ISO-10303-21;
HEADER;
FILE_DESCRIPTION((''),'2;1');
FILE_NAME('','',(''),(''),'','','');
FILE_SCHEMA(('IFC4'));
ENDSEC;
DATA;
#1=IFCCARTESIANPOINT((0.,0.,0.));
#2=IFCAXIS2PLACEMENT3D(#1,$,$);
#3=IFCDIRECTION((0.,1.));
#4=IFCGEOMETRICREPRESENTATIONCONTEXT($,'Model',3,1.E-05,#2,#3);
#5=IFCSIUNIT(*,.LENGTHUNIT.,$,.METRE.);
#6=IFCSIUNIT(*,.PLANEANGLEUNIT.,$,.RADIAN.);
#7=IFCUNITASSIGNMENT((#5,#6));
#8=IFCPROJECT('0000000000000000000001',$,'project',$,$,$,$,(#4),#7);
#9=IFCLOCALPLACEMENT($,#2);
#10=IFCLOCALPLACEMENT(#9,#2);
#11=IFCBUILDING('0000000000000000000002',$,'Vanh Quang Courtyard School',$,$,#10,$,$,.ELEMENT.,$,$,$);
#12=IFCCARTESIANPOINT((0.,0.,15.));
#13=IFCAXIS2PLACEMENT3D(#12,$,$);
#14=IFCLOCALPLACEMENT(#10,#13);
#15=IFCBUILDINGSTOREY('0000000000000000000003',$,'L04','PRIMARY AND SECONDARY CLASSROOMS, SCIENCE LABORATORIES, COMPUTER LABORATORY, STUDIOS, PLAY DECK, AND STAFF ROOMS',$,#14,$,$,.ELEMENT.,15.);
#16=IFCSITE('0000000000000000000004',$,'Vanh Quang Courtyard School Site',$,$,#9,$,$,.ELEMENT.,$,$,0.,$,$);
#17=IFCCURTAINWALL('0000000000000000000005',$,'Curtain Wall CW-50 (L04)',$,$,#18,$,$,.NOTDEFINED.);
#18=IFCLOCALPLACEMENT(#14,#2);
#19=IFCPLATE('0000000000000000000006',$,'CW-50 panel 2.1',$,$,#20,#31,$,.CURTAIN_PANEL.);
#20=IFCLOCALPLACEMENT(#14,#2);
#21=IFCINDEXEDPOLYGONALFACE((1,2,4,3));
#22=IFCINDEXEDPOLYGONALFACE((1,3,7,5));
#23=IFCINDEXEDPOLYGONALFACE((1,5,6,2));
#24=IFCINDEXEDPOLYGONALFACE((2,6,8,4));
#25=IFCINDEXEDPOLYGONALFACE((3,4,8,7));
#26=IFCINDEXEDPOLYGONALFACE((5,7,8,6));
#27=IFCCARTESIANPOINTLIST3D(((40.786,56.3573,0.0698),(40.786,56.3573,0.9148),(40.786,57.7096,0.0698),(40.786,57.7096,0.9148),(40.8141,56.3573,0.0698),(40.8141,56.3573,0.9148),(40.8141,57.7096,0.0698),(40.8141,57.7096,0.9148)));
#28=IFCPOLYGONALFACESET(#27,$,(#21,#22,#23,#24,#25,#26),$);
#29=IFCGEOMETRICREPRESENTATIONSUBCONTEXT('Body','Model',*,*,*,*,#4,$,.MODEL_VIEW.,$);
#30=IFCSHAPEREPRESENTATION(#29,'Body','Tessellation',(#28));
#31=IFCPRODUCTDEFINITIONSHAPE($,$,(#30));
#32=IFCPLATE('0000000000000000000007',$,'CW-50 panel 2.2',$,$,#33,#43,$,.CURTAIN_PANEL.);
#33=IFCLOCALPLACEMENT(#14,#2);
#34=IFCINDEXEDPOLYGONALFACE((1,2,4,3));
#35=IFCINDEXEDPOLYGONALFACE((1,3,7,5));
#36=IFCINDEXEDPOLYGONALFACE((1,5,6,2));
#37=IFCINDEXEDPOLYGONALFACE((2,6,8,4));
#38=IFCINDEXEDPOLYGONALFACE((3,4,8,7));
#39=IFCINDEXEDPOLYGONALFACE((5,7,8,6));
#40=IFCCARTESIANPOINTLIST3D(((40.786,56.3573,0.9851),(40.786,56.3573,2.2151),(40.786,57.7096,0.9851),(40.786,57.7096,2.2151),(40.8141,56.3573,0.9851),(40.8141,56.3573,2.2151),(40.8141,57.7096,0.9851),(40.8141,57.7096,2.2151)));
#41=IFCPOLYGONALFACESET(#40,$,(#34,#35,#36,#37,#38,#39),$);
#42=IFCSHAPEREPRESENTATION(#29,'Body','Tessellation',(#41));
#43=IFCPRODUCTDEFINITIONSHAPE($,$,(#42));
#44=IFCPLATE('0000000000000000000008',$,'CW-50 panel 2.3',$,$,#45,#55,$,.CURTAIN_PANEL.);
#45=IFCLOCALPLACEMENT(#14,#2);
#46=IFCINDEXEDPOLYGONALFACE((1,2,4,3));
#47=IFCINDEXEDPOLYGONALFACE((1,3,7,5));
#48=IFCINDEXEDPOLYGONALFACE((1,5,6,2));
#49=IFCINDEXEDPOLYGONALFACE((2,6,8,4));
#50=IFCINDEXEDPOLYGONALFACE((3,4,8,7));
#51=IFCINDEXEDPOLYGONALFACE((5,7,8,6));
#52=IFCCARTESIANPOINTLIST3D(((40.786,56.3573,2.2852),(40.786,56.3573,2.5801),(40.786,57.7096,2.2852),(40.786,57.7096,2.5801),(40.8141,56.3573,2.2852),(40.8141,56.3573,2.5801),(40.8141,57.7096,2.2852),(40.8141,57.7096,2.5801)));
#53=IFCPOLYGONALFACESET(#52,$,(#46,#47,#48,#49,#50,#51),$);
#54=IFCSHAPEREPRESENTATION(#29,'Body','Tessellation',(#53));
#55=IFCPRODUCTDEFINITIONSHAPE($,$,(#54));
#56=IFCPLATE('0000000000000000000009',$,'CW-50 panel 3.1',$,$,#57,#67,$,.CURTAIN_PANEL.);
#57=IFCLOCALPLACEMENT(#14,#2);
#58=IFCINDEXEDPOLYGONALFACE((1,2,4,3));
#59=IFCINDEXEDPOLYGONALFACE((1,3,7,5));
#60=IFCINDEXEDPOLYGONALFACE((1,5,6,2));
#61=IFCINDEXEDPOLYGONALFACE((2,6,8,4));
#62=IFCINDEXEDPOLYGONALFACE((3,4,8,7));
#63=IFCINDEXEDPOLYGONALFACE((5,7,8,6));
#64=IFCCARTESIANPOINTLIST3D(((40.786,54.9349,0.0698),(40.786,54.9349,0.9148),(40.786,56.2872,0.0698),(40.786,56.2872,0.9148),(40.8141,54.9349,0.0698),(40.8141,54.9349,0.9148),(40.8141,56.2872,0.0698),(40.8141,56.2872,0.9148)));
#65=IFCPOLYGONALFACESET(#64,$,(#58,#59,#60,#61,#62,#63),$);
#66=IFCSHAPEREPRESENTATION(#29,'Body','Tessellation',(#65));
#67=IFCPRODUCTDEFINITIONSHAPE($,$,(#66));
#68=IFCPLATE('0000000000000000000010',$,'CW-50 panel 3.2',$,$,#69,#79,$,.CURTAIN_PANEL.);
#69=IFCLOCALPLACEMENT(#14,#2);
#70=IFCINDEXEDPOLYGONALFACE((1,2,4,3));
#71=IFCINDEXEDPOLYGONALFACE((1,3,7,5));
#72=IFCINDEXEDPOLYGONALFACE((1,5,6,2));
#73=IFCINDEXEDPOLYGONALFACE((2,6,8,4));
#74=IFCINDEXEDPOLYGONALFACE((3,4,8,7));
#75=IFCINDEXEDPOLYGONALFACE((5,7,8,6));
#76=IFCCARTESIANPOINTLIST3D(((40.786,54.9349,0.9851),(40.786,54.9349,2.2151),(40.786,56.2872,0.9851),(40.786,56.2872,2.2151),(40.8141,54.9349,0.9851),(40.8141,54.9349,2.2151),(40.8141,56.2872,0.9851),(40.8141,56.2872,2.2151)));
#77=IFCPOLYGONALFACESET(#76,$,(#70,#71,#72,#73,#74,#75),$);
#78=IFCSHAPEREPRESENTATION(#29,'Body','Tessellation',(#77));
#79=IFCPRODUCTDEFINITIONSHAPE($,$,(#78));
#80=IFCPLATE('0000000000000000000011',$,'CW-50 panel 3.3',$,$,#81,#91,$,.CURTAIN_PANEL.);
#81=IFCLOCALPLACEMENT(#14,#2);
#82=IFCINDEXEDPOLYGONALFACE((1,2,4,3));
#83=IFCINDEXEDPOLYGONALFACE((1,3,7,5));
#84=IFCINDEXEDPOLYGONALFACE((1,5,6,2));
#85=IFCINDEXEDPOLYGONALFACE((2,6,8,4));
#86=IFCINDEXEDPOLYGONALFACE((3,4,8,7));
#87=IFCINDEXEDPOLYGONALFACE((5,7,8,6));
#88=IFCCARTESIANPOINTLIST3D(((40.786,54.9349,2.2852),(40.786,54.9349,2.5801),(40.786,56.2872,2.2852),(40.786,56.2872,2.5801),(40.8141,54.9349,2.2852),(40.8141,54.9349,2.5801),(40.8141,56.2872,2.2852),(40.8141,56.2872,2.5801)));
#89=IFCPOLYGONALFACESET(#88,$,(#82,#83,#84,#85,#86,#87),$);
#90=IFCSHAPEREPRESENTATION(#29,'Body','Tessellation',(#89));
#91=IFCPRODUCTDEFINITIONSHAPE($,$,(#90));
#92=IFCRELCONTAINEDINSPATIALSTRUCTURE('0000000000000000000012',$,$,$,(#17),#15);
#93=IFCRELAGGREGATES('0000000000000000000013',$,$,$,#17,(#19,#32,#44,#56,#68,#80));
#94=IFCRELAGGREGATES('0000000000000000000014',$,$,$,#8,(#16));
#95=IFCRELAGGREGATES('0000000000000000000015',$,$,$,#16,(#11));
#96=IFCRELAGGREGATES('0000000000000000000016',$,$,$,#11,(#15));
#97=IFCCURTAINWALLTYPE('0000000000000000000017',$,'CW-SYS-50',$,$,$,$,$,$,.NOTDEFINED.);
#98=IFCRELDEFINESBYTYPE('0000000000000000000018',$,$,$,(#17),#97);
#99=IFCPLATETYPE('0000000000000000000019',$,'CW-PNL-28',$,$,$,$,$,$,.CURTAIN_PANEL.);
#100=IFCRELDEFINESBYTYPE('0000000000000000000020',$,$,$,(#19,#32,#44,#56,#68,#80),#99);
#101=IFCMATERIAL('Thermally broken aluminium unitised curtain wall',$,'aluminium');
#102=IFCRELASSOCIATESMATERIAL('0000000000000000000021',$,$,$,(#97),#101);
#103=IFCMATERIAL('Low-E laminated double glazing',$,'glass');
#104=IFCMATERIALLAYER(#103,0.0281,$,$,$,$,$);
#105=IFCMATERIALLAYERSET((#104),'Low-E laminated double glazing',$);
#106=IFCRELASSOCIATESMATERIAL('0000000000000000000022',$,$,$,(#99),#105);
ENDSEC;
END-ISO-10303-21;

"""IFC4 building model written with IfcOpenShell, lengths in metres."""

from ifc_helpers import new_model, si_unit, direction, frame, origin, origin_2d, place, context, subcontext, project, spatial, rectangle, extrude, material, layer, layer_set, type_object, element, aggregate, save


model = new_model("IFC4")

# Units and contexts
model_context = context("Model", 3, precision=1e-05, world=origin(), true_north=direction((0.0, 1.0)))
body_context = subcontext(model_context, "Body", "Model", "MODEL_VIEW")
ifc_project = project(units=[si_unit("LENGTHUNIT", "METRE"), si_unit("PLANEANGLEUNIT", "RADIAN")], contexts=[model_context])

# Site, building, storey
site_placement = place(None, origin())
site = spatial("IfcSite", under=ifc_project, at=site_placement, Name="Vanh Quang Courtyard School Site", CompositionType="ELEMENT", RefElevation=0.0)
building_placement = place(site_placement, origin())
building = spatial("IfcBuilding", under=site, at=building_placement, Name="Vanh Quang Courtyard School", CompositionType="ELEMENT")
storey_placement = place(building_placement, frame((0.0, 0.0, 15.0)))
storey = spatial("IfcBuildingStorey", under=building, at=storey_placement, Name="L04", Description="PRIMARY AND SECONDARY CLASSROOMS, SCIENCE LABORATORIES, COMPUTER LABORATORY, STUDIOS, PLAY DECK, AND STAFF ROOMS", CompositionType="ELEMENT", Elevation=15.0)

# Curtain wall
ifc_material_1 = material(Name="Thermally broken aluminium unitised curtain wall", Category="aluminium")
curtain_wall_type_1 = type_object("IfcCurtainWallType", Name="CW-SYS-50", PredefinedType="NOTDEFINED", material=ifc_material_1)
curtain_wall_1_placement = place(storey_placement, origin())
curtain_wall_1 = element("IfcCurtainWall", 1, at=curtain_wall_1_placement, inside=storey, type_object=curtain_wall_type_1, Name="Curtain Wall CW-50 (L04)", PredefinedType="NOTDEFINED")

# Plates
ifc_material_2 = material(Name="Low-E laminated double glazing", Category="glass")
ifc_layer = layer(ifc_material_2, 0.0281)
ifc_layer_set = layer_set([ifc_layer], Name="Low-E laminated double glazing")
plate_type = type_object("IfcPlateType", Name="CW-PNL-28", PredefinedType="CURTAIN_PANEL", material=ifc_layer_set)
plate_1_placement = place(storey_placement, frame((40.8, 57.0334, 0.0698), z_axis=(0.0, 0.0, 1.0), x_axis=(0.0, -1.0, 0.0)))
plate_1 = element("IfcPlate", 2, at=plate_1_placement, type_object=plate_type, Name="CW-50 panel 2.1", PredefinedType="CURTAIN_PANEL", context=body_context, shape_type="SweptSolid", body=[
    extrude(rectangle(XDim=1.3523, YDim=0.0281, at=origin_2d()), origin(), (0.0, 0.0, 1.0), 0.845),
])
plate_2_placement = place(storey_placement, frame((40.8, 57.0334, 0.9851), z_axis=(0.0, 0.0, 1.0), x_axis=(0.0, -1.0, 0.0)))
plate_2 = element("IfcPlate", 3, at=plate_2_placement, type_object=plate_type, Name="CW-50 panel 2.2", PredefinedType="CURTAIN_PANEL", context=body_context, shape_type="SweptSolid", body=[
    extrude(rectangle(XDim=1.3523, YDim=0.0281, at=origin_2d()), origin(), (0.0, 0.0, 1.0), 1.23),
])
plate_3_placement = place(storey_placement, frame((40.8, 57.0334, 2.2852), z_axis=(0.0, 0.0, 1.0), x_axis=(0.0, -1.0, 0.0)))
plate_3 = element("IfcPlate", 4, at=plate_3_placement, type_object=plate_type, Name="CW-50 panel 2.3", PredefinedType="CURTAIN_PANEL", context=body_context, shape_type="SweptSolid", body=[
    extrude(rectangle(XDim=1.3523, YDim=0.0281, at=origin_2d()), origin(), (0.0, 0.0, 1.0), 0.2949),
])
plate_4_placement = place(storey_placement, frame((40.8, 55.6111, 0.0698), z_axis=(0.0, 0.0, 1.0), x_axis=(0.0, -1.0, 0.0)))
plate_4 = element("IfcPlate", 5, at=plate_4_placement, type_object=plate_type, Name="CW-50 panel 3.1", PredefinedType="CURTAIN_PANEL", context=body_context, shape_type="SweptSolid", body=[
    extrude(rectangle(XDim=1.3523, YDim=0.0281, at=origin_2d()), origin(), (0.0, 0.0, 1.0), 0.845),
])
plate_5_placement = place(storey_placement, frame((40.8, 55.6111, 0.9851), z_axis=(0.0, 0.0, 1.0), x_axis=(0.0, -1.0, 0.0)))
plate_5 = element("IfcPlate", 6, at=plate_5_placement, type_object=plate_type, Name="CW-50 panel 3.2", PredefinedType="CURTAIN_PANEL", context=body_context, shape_type="SweptSolid", body=[
    extrude(rectangle(XDim=1.3523, YDim=0.0281, at=origin_2d()), origin(), (0.0, 0.0, 1.0), 1.23),
])
plate_6_placement = place(storey_placement, frame((40.8, 55.6111, 2.2852), z_axis=(0.0, 0.0, 1.0), x_axis=(0.0, -1.0, 0.0)))
plate_6 = element("IfcPlate", 7, at=plate_6_placement, type_object=plate_type, Name="CW-50 panel 3.3", PredefinedType="CURTAIN_PANEL", context=body_context, shape_type="SweptSolid", body=[
    extrude(rectangle(XDim=1.3523, YDim=0.0281, at=origin_2d()), origin(), (0.0, 0.0, 1.0), 0.2949),
])
aggregate(curtain_wall_1, [plate_1, plate_2, plate_3, plate_4, plate_5, plate_6])

save(model, "model.ifc")
